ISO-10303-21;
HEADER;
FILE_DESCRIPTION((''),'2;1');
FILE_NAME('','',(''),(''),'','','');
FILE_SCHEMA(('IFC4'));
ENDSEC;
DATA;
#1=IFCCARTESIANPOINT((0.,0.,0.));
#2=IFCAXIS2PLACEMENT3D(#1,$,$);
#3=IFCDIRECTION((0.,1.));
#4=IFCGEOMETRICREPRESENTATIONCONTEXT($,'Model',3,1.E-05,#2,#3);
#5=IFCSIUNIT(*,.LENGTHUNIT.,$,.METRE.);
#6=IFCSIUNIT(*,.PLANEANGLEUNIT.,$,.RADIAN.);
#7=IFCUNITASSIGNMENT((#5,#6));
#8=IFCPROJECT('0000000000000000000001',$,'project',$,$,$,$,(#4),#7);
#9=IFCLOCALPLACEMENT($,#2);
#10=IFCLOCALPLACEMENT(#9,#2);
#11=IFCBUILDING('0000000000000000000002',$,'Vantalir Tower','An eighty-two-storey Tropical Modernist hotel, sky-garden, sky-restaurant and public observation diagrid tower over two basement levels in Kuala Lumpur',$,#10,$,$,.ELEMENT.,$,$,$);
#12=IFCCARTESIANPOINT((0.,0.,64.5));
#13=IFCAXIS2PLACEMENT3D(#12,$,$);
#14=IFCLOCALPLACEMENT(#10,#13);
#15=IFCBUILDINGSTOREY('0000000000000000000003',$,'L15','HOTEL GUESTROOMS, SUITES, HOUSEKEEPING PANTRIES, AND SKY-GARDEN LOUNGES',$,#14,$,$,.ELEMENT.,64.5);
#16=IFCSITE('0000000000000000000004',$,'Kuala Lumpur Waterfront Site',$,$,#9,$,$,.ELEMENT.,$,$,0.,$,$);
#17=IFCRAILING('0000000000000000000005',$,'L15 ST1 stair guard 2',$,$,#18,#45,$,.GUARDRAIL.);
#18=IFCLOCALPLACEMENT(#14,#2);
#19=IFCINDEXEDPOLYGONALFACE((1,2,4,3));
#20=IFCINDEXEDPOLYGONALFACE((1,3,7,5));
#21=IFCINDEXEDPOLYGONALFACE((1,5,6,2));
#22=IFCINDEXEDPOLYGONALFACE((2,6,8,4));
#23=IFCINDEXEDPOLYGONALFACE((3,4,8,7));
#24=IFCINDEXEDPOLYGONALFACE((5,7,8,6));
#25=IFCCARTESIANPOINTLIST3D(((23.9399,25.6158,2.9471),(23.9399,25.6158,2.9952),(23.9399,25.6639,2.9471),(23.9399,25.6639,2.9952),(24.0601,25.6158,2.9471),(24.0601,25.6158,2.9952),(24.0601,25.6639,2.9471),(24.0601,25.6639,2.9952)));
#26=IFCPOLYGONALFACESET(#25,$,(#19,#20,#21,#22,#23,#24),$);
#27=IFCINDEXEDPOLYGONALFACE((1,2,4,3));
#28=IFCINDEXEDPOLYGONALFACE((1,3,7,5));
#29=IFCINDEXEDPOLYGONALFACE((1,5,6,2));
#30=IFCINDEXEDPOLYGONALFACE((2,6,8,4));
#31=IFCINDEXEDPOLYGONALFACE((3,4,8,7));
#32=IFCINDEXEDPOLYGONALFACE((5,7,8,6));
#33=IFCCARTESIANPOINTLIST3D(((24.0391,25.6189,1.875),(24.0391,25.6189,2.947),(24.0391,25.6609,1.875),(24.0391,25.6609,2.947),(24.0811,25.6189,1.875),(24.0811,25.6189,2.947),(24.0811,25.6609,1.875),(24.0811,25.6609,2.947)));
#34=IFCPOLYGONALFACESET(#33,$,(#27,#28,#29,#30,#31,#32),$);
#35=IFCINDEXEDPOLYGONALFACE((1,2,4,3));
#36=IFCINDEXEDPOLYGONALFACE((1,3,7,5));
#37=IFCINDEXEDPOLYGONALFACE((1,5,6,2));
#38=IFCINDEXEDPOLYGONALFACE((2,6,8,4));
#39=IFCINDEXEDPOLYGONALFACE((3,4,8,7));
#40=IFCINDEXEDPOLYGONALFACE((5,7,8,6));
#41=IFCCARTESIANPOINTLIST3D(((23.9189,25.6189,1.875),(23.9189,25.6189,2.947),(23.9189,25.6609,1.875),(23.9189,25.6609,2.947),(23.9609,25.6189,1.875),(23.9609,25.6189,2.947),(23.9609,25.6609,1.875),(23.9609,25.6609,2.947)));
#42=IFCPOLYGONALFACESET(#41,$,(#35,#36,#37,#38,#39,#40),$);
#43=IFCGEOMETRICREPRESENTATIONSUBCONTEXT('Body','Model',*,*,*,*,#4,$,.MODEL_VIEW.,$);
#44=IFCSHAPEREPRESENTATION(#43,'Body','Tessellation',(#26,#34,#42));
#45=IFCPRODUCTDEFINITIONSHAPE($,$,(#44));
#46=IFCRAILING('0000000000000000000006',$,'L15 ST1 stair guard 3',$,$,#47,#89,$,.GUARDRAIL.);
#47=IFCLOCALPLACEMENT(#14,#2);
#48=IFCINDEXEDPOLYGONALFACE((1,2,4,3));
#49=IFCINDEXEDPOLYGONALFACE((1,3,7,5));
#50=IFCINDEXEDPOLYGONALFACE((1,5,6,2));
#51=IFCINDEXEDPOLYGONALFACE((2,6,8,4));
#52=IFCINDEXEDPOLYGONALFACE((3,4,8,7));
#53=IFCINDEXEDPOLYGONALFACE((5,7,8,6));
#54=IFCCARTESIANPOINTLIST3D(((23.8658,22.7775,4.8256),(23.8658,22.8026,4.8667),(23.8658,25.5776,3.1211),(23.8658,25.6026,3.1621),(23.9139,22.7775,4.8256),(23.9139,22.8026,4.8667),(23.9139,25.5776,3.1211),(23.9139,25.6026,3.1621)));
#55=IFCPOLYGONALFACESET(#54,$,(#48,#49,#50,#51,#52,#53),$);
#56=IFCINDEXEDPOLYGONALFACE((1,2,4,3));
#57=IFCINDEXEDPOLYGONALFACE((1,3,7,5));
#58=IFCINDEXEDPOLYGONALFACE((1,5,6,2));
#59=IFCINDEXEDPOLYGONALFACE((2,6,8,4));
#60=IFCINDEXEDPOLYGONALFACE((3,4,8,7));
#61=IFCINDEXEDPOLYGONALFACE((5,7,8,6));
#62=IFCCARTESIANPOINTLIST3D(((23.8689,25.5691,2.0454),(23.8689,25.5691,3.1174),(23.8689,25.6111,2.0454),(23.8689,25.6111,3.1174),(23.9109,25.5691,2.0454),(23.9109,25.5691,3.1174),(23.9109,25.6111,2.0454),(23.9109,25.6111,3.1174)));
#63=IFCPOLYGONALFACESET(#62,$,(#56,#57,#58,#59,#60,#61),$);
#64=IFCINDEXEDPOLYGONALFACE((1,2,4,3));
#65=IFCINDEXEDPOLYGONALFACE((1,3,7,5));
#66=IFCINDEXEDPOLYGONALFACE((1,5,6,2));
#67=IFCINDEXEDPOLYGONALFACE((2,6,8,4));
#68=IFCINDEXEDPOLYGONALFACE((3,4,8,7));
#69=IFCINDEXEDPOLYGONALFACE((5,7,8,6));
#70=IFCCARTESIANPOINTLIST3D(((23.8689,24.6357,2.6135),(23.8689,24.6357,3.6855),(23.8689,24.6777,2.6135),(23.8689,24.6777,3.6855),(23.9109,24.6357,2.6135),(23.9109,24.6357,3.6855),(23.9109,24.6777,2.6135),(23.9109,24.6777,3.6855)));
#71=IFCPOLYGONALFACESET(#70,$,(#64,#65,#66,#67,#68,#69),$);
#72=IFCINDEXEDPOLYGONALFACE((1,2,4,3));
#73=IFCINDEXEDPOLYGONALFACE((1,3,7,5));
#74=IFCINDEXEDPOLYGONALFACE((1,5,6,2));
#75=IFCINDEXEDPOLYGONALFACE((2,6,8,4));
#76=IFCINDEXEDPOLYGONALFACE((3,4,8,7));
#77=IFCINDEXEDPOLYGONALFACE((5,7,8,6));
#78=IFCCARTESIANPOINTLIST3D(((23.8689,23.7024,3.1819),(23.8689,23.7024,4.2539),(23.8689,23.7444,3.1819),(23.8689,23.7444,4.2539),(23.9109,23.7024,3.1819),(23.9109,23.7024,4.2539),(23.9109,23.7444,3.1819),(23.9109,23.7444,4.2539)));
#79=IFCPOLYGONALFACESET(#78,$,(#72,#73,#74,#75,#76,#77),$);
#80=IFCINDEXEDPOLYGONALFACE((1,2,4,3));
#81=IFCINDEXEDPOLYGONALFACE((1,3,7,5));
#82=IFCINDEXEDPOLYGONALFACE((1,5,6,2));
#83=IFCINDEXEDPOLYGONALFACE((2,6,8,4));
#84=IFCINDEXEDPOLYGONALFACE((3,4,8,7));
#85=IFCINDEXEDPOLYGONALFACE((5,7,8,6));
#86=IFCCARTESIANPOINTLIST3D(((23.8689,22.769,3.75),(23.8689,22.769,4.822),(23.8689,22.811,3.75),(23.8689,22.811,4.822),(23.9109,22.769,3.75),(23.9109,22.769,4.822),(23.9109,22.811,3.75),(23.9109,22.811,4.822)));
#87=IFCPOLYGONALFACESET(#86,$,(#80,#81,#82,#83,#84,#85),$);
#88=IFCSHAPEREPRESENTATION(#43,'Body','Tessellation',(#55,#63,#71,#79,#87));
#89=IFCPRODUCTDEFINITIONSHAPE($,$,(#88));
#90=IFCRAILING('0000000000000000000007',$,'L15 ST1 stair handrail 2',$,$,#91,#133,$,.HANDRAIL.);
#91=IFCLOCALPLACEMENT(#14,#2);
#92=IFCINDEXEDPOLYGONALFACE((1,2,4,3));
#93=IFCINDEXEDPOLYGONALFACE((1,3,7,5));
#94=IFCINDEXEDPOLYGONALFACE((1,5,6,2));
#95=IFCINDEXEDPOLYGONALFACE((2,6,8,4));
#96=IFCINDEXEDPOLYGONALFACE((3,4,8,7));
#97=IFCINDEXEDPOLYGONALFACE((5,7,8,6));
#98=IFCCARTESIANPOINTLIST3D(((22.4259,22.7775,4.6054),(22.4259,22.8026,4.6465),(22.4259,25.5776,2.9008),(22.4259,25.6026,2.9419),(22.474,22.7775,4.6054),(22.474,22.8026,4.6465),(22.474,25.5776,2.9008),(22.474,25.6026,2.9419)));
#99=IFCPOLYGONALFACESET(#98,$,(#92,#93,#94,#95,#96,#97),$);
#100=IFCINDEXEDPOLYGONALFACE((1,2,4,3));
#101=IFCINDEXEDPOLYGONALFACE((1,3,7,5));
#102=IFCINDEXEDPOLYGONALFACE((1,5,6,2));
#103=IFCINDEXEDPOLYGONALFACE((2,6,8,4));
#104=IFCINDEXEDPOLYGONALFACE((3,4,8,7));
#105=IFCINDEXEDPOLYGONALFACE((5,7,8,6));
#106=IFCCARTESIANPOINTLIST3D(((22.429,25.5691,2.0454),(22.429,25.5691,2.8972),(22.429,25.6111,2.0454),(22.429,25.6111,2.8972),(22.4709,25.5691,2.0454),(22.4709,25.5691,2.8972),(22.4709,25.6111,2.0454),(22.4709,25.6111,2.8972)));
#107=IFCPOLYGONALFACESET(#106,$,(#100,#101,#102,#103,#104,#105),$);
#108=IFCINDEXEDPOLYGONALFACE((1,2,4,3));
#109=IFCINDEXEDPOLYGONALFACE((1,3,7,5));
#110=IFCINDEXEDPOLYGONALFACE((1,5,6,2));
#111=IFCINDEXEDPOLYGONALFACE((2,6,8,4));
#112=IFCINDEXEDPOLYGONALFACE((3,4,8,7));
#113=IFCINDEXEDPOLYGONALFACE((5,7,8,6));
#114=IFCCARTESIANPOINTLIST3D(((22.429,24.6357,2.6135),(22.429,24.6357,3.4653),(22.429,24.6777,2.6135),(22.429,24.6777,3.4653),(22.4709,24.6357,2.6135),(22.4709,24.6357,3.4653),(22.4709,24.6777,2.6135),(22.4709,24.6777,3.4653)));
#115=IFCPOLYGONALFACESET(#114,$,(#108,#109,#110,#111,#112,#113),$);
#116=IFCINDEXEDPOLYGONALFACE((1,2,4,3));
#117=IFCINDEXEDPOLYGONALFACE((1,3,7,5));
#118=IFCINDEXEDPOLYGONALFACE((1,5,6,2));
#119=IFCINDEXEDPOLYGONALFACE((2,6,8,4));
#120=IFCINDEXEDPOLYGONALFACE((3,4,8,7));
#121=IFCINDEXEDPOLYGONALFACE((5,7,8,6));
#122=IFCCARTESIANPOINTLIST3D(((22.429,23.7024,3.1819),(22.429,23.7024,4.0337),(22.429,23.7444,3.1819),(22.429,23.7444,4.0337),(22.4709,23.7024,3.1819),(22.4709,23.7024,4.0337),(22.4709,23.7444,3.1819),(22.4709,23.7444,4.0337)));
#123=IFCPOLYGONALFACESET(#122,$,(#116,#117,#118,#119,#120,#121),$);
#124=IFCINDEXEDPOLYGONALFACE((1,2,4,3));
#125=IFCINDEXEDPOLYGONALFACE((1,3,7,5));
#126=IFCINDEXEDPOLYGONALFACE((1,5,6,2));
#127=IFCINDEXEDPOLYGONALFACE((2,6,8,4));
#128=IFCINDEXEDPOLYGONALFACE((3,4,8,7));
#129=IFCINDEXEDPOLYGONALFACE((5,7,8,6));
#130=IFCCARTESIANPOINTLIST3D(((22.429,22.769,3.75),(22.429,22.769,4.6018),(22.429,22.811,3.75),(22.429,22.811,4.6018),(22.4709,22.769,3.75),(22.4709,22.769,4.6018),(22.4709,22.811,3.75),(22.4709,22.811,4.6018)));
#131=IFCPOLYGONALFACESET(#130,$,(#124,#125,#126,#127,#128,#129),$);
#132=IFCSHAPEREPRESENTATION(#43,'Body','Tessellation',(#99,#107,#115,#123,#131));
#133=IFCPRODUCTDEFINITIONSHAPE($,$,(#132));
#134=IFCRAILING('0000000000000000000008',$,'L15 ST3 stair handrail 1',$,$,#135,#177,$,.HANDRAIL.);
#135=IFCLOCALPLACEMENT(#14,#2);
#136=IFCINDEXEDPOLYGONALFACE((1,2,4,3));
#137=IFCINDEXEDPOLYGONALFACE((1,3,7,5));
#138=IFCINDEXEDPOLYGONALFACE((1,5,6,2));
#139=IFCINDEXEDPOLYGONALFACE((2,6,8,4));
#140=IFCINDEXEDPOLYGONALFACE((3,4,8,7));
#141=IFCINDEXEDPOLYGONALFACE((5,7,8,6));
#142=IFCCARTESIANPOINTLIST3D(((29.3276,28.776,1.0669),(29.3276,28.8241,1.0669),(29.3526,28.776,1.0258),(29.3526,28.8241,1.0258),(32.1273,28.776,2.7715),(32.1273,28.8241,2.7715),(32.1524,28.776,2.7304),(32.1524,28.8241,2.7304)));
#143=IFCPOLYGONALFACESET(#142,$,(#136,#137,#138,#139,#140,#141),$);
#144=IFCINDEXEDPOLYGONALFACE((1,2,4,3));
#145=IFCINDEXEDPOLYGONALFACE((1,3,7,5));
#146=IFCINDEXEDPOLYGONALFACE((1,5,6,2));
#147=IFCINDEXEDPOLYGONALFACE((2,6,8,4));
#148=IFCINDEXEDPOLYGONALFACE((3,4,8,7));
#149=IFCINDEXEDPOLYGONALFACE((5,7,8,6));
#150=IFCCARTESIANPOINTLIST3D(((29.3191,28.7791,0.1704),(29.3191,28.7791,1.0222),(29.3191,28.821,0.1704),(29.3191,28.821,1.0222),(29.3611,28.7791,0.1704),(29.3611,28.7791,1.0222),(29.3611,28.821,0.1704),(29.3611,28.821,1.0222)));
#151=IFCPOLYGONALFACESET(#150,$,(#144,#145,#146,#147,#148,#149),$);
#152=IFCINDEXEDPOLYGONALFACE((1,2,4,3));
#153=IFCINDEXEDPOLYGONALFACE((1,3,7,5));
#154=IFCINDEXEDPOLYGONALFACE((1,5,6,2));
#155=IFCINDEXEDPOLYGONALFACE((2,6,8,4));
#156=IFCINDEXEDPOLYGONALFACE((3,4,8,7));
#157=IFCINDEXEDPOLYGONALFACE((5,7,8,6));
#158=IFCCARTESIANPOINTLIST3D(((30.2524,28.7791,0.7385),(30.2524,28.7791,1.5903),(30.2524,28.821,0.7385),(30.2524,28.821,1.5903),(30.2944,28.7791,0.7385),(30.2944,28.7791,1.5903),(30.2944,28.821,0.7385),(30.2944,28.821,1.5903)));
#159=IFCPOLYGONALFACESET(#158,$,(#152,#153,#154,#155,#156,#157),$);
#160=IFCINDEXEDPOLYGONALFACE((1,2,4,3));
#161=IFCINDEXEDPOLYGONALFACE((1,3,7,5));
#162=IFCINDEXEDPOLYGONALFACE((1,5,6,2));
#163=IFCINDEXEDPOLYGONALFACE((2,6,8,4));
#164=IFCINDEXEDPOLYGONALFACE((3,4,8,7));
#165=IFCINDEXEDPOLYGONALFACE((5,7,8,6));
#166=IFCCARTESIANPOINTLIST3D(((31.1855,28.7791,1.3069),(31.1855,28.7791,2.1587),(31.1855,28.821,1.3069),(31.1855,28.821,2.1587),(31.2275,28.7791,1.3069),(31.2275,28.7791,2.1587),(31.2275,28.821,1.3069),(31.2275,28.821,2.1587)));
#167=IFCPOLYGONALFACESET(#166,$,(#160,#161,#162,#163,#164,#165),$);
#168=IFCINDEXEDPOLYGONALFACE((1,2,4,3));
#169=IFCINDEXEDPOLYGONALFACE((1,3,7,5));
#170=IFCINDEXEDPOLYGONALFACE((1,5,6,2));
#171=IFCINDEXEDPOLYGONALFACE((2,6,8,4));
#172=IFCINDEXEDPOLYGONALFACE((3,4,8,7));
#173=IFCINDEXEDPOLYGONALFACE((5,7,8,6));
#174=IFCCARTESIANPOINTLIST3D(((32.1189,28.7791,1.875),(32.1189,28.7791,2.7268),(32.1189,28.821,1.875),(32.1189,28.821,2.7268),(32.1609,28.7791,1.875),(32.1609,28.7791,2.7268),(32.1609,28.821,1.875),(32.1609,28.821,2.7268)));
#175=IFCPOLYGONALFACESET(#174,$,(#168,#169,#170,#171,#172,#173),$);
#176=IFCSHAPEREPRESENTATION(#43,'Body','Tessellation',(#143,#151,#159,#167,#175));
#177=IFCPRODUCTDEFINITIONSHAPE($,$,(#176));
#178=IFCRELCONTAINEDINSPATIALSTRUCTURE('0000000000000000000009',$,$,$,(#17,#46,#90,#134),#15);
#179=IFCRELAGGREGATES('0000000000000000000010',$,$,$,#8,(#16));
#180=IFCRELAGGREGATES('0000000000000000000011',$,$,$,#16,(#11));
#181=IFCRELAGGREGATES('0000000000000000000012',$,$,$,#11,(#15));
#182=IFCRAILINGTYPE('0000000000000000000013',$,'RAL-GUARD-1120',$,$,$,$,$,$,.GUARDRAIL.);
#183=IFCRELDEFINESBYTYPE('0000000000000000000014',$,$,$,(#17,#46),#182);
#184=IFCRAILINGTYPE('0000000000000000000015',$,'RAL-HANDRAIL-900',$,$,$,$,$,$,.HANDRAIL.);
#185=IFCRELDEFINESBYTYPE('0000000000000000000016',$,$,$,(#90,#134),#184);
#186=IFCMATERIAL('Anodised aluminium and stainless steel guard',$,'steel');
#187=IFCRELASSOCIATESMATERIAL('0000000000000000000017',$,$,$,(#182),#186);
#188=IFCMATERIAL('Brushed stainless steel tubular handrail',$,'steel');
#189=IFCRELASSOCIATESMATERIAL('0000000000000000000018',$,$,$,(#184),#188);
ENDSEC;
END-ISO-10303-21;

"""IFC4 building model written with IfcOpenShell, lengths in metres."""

from ifc_helpers import new_model, si_unit, direction, frame, origin, origin_2d, place, context, subcontext, project, spatial, rectangle, extrude, material, type_object, element, save


model = new_model("IFC4")

# Units and contexts
model_context = context("Model", 3, precision=1e-05, world=origin(), true_north=direction((0.0, 1.0)))
body_context = subcontext(model_context, "Body", "Model", "MODEL_VIEW")
ifc_project = project(units=[si_unit("LENGTHUNIT", "METRE"), si_unit("PLANEANGLEUNIT", "RADIAN")], contexts=[model_context])

# Site, building, storey
site_placement = place(None, origin())
site = spatial("IfcSite", under=ifc_project, at=site_placement, Name="Kuala Lumpur Waterfront Site", CompositionType="ELEMENT", RefElevation=0.0)
building_placement = place(site_placement, origin())
building = spatial("IfcBuilding", under=site, at=building_placement, Name="Vantalir Tower", Description="An eighty-two-storey Tropical Modernist hotel, sky-garden, sky-restaurant and public observation diagrid tower over two basement levels in Kuala Lumpur", CompositionType="ELEMENT")
storey_placement = place(building_placement, frame((0.0, 0.0, 64.5)))
storey = spatial("IfcBuildingStorey", under=building, at=storey_placement, Name="L15", Description="HOTEL GUESTROOMS, SUITES, HOUSEKEEPING PANTRIES, AND SKY-GARDEN LOUNGES", CompositionType="ELEMENT", Elevation=64.5)

# Railings
ifc_material_1 = material(Name="Anodised aluminium and stainless steel guard", Category="steel")
railing_type_1 = type_object("IfcRailingType", Name="RAL-GUARD-1120", PredefinedType="GUARDRAIL", material=ifc_material_1)
railing_1_placement = place(storey_placement, frame((24.0601, 25.6399, 1.875)))
element("IfcRailing", 1, at=railing_1_placement, inside=storey, type_object=railing_type_1, Name="L15 ST1 stair guard 2", PredefinedType="GUARDRAIL", context=body_context, shape_type="SweptSolid", body=[
    extrude(rectangle(XDim=0.0481, YDim=0.0481, at=origin_2d()), frame((0.0, 0.0, 1.0962), z_axis=(-1.0, 0.0, 0.0), x_axis=(0.0, -1.0, 0.0)), (0.0, 0.0, 1.0), 0.1201),
    extrude(rectangle(XDim=0.042, YDim=0.042, at=origin_2d()), origin(), (0.0, 0.0, 1.0), 1.072),
    extrude(rectangle(XDim=0.042, YDim=0.042, at=origin_2d()), frame((-0.1201, 0.0, 0.0)), (0.0, 0.0, 1.0), 1.072),
])
railing_2_placement = place(storey_placement, frame((23.8899, 25.5901, 2.0454)))
element("IfcRailing", 2, at=railing_2_placement, inside=storey, type_object=railing_type_1, Name="L15 ST1 stair guard 3", PredefinedType="GUARDRAIL", context=body_context, shape_type="SweptSolid", body=[
    extrude(rectangle(XDim=0.0481, YDim=0.0481, at=origin_2d()), frame((0.0, 0.0, 1.0962), z_axis=(0.0, -0.85417, 0.519994), x_axis=(1.0, 0.0, 0.0)), (0.0, 0.0, 1.0), 3.2781),
    extrude(rectangle(XDim=0.042, YDim=0.042, at=origin_2d()), origin(), (0.0, 0.0, 1.0), 1.072),
    extrude(rectangle(XDim=0.042, YDim=0.042, at=origin_2d()), frame((0.0, -0.9333, 0.5681)), (0.0, 0.0, 1.0), 1.072),
    extrude(rectangle(XDim=0.042, YDim=0.042, at=origin_2d()), frame((0.0, -1.8667, 1.1365)), (0.0, 0.0, 1.0), 1.072),
    extrude(rectangle(XDim=0.042, YDim=0.042, at=origin_2d()), frame((0.0, -2.8, 1.7046)), (0.0, 0.0, 1.0), 1.072),
])
ifc_material_2 = material(Name="Brushed stainless steel tubular handrail", Category="steel")
railing_type_2 = type_object("IfcRailingType", Name="RAL-HANDRAIL-900", PredefinedType="HANDRAIL", material=ifc_material_2)
railing_3_placement = place(storey_placement, frame((22.45, 25.5901, 2.0454)))
element("IfcRailing", 3, at=railing_3_placement, inside=storey, type_object=railing_type_2, Name="L15 ST1 stair handrail 2", PredefinedType="HANDRAIL", context=body_context, shape_type="SweptSolid", body=[
    extrude(rectangle(XDim=0.0481, YDim=0.0481, at=origin_2d()), frame((0.0, 0.0, 0.876), z_axis=(0.0, -0.85417, 0.519994), x_axis=(1.0, 0.0, 0.0)), (0.0, 0.0, 1.0), 3.2781),
    extrude(rectangle(XDim=0.042, YDim=0.042, at=origin_2d()), origin(), (0.0, 0.0, 1.0), 0.8518),
    extrude(rectangle(XDim=0.042, YDim=0.042, at=origin_2d()), frame((0.0, -0.9333, 0.5681)), (0.0, 0.0, 1.0), 0.8518),
    extrude(rectangle(XDim=0.042, YDim=0.042, at=origin_2d()), frame((0.0, -1.8667, 1.1365)), (0.0, 0.0, 1.0), 0.8518),
    extrude(rectangle(XDim=0.042, YDim=0.042, at=origin_2d()), frame((0.0, -2.8, 1.7046)), (0.0, 0.0, 1.0), 0.8518),
])
railing_4_placement = place(storey_placement, frame((29.3401, 28.8, 0.1704)))
element("IfcRailing", 4, at=railing_4_placement, inside=storey, type_object=railing_type_2, Name="L15 ST3 stair handrail 1", PredefinedType="HANDRAIL", context=body_context, shape_type="SweptSolid", body=[
    extrude(rectangle(XDim=0.0481, YDim=0.0481, at=origin_2d()), frame((0.0, 0.0, 0.876), z_axis=(0.85415, 0.0, 0.520027), x_axis=(0.0, 1.0, 0.0)), (0.0, 0.0, 1.0), 3.2778),
    extrude(rectangle(XDim=0.042, YDim=0.042, at=origin_2d()), origin(), (0.0, 0.0, 1.0), 0.8518),
    extrude(rectangle(XDim=0.042, YDim=0.042, at=origin_2d()), frame((0.9333, 0.0, 0.5681)), (0.0, 0.0, 1.0), 0.8518),
    extrude(rectangle(XDim=0.042, YDim=0.042, at=origin_2d()), frame((1.8665, 0.0, 1.1365)), (0.0, 0.0, 1.0), 0.8518),
    extrude(rectangle(XDim=0.042, YDim=0.042, at=origin_2d()), frame((2.7998, 0.0, 1.7046)), (0.0, 0.0, 1.0), 0.8518),
])

save(model, "model.ifc")
